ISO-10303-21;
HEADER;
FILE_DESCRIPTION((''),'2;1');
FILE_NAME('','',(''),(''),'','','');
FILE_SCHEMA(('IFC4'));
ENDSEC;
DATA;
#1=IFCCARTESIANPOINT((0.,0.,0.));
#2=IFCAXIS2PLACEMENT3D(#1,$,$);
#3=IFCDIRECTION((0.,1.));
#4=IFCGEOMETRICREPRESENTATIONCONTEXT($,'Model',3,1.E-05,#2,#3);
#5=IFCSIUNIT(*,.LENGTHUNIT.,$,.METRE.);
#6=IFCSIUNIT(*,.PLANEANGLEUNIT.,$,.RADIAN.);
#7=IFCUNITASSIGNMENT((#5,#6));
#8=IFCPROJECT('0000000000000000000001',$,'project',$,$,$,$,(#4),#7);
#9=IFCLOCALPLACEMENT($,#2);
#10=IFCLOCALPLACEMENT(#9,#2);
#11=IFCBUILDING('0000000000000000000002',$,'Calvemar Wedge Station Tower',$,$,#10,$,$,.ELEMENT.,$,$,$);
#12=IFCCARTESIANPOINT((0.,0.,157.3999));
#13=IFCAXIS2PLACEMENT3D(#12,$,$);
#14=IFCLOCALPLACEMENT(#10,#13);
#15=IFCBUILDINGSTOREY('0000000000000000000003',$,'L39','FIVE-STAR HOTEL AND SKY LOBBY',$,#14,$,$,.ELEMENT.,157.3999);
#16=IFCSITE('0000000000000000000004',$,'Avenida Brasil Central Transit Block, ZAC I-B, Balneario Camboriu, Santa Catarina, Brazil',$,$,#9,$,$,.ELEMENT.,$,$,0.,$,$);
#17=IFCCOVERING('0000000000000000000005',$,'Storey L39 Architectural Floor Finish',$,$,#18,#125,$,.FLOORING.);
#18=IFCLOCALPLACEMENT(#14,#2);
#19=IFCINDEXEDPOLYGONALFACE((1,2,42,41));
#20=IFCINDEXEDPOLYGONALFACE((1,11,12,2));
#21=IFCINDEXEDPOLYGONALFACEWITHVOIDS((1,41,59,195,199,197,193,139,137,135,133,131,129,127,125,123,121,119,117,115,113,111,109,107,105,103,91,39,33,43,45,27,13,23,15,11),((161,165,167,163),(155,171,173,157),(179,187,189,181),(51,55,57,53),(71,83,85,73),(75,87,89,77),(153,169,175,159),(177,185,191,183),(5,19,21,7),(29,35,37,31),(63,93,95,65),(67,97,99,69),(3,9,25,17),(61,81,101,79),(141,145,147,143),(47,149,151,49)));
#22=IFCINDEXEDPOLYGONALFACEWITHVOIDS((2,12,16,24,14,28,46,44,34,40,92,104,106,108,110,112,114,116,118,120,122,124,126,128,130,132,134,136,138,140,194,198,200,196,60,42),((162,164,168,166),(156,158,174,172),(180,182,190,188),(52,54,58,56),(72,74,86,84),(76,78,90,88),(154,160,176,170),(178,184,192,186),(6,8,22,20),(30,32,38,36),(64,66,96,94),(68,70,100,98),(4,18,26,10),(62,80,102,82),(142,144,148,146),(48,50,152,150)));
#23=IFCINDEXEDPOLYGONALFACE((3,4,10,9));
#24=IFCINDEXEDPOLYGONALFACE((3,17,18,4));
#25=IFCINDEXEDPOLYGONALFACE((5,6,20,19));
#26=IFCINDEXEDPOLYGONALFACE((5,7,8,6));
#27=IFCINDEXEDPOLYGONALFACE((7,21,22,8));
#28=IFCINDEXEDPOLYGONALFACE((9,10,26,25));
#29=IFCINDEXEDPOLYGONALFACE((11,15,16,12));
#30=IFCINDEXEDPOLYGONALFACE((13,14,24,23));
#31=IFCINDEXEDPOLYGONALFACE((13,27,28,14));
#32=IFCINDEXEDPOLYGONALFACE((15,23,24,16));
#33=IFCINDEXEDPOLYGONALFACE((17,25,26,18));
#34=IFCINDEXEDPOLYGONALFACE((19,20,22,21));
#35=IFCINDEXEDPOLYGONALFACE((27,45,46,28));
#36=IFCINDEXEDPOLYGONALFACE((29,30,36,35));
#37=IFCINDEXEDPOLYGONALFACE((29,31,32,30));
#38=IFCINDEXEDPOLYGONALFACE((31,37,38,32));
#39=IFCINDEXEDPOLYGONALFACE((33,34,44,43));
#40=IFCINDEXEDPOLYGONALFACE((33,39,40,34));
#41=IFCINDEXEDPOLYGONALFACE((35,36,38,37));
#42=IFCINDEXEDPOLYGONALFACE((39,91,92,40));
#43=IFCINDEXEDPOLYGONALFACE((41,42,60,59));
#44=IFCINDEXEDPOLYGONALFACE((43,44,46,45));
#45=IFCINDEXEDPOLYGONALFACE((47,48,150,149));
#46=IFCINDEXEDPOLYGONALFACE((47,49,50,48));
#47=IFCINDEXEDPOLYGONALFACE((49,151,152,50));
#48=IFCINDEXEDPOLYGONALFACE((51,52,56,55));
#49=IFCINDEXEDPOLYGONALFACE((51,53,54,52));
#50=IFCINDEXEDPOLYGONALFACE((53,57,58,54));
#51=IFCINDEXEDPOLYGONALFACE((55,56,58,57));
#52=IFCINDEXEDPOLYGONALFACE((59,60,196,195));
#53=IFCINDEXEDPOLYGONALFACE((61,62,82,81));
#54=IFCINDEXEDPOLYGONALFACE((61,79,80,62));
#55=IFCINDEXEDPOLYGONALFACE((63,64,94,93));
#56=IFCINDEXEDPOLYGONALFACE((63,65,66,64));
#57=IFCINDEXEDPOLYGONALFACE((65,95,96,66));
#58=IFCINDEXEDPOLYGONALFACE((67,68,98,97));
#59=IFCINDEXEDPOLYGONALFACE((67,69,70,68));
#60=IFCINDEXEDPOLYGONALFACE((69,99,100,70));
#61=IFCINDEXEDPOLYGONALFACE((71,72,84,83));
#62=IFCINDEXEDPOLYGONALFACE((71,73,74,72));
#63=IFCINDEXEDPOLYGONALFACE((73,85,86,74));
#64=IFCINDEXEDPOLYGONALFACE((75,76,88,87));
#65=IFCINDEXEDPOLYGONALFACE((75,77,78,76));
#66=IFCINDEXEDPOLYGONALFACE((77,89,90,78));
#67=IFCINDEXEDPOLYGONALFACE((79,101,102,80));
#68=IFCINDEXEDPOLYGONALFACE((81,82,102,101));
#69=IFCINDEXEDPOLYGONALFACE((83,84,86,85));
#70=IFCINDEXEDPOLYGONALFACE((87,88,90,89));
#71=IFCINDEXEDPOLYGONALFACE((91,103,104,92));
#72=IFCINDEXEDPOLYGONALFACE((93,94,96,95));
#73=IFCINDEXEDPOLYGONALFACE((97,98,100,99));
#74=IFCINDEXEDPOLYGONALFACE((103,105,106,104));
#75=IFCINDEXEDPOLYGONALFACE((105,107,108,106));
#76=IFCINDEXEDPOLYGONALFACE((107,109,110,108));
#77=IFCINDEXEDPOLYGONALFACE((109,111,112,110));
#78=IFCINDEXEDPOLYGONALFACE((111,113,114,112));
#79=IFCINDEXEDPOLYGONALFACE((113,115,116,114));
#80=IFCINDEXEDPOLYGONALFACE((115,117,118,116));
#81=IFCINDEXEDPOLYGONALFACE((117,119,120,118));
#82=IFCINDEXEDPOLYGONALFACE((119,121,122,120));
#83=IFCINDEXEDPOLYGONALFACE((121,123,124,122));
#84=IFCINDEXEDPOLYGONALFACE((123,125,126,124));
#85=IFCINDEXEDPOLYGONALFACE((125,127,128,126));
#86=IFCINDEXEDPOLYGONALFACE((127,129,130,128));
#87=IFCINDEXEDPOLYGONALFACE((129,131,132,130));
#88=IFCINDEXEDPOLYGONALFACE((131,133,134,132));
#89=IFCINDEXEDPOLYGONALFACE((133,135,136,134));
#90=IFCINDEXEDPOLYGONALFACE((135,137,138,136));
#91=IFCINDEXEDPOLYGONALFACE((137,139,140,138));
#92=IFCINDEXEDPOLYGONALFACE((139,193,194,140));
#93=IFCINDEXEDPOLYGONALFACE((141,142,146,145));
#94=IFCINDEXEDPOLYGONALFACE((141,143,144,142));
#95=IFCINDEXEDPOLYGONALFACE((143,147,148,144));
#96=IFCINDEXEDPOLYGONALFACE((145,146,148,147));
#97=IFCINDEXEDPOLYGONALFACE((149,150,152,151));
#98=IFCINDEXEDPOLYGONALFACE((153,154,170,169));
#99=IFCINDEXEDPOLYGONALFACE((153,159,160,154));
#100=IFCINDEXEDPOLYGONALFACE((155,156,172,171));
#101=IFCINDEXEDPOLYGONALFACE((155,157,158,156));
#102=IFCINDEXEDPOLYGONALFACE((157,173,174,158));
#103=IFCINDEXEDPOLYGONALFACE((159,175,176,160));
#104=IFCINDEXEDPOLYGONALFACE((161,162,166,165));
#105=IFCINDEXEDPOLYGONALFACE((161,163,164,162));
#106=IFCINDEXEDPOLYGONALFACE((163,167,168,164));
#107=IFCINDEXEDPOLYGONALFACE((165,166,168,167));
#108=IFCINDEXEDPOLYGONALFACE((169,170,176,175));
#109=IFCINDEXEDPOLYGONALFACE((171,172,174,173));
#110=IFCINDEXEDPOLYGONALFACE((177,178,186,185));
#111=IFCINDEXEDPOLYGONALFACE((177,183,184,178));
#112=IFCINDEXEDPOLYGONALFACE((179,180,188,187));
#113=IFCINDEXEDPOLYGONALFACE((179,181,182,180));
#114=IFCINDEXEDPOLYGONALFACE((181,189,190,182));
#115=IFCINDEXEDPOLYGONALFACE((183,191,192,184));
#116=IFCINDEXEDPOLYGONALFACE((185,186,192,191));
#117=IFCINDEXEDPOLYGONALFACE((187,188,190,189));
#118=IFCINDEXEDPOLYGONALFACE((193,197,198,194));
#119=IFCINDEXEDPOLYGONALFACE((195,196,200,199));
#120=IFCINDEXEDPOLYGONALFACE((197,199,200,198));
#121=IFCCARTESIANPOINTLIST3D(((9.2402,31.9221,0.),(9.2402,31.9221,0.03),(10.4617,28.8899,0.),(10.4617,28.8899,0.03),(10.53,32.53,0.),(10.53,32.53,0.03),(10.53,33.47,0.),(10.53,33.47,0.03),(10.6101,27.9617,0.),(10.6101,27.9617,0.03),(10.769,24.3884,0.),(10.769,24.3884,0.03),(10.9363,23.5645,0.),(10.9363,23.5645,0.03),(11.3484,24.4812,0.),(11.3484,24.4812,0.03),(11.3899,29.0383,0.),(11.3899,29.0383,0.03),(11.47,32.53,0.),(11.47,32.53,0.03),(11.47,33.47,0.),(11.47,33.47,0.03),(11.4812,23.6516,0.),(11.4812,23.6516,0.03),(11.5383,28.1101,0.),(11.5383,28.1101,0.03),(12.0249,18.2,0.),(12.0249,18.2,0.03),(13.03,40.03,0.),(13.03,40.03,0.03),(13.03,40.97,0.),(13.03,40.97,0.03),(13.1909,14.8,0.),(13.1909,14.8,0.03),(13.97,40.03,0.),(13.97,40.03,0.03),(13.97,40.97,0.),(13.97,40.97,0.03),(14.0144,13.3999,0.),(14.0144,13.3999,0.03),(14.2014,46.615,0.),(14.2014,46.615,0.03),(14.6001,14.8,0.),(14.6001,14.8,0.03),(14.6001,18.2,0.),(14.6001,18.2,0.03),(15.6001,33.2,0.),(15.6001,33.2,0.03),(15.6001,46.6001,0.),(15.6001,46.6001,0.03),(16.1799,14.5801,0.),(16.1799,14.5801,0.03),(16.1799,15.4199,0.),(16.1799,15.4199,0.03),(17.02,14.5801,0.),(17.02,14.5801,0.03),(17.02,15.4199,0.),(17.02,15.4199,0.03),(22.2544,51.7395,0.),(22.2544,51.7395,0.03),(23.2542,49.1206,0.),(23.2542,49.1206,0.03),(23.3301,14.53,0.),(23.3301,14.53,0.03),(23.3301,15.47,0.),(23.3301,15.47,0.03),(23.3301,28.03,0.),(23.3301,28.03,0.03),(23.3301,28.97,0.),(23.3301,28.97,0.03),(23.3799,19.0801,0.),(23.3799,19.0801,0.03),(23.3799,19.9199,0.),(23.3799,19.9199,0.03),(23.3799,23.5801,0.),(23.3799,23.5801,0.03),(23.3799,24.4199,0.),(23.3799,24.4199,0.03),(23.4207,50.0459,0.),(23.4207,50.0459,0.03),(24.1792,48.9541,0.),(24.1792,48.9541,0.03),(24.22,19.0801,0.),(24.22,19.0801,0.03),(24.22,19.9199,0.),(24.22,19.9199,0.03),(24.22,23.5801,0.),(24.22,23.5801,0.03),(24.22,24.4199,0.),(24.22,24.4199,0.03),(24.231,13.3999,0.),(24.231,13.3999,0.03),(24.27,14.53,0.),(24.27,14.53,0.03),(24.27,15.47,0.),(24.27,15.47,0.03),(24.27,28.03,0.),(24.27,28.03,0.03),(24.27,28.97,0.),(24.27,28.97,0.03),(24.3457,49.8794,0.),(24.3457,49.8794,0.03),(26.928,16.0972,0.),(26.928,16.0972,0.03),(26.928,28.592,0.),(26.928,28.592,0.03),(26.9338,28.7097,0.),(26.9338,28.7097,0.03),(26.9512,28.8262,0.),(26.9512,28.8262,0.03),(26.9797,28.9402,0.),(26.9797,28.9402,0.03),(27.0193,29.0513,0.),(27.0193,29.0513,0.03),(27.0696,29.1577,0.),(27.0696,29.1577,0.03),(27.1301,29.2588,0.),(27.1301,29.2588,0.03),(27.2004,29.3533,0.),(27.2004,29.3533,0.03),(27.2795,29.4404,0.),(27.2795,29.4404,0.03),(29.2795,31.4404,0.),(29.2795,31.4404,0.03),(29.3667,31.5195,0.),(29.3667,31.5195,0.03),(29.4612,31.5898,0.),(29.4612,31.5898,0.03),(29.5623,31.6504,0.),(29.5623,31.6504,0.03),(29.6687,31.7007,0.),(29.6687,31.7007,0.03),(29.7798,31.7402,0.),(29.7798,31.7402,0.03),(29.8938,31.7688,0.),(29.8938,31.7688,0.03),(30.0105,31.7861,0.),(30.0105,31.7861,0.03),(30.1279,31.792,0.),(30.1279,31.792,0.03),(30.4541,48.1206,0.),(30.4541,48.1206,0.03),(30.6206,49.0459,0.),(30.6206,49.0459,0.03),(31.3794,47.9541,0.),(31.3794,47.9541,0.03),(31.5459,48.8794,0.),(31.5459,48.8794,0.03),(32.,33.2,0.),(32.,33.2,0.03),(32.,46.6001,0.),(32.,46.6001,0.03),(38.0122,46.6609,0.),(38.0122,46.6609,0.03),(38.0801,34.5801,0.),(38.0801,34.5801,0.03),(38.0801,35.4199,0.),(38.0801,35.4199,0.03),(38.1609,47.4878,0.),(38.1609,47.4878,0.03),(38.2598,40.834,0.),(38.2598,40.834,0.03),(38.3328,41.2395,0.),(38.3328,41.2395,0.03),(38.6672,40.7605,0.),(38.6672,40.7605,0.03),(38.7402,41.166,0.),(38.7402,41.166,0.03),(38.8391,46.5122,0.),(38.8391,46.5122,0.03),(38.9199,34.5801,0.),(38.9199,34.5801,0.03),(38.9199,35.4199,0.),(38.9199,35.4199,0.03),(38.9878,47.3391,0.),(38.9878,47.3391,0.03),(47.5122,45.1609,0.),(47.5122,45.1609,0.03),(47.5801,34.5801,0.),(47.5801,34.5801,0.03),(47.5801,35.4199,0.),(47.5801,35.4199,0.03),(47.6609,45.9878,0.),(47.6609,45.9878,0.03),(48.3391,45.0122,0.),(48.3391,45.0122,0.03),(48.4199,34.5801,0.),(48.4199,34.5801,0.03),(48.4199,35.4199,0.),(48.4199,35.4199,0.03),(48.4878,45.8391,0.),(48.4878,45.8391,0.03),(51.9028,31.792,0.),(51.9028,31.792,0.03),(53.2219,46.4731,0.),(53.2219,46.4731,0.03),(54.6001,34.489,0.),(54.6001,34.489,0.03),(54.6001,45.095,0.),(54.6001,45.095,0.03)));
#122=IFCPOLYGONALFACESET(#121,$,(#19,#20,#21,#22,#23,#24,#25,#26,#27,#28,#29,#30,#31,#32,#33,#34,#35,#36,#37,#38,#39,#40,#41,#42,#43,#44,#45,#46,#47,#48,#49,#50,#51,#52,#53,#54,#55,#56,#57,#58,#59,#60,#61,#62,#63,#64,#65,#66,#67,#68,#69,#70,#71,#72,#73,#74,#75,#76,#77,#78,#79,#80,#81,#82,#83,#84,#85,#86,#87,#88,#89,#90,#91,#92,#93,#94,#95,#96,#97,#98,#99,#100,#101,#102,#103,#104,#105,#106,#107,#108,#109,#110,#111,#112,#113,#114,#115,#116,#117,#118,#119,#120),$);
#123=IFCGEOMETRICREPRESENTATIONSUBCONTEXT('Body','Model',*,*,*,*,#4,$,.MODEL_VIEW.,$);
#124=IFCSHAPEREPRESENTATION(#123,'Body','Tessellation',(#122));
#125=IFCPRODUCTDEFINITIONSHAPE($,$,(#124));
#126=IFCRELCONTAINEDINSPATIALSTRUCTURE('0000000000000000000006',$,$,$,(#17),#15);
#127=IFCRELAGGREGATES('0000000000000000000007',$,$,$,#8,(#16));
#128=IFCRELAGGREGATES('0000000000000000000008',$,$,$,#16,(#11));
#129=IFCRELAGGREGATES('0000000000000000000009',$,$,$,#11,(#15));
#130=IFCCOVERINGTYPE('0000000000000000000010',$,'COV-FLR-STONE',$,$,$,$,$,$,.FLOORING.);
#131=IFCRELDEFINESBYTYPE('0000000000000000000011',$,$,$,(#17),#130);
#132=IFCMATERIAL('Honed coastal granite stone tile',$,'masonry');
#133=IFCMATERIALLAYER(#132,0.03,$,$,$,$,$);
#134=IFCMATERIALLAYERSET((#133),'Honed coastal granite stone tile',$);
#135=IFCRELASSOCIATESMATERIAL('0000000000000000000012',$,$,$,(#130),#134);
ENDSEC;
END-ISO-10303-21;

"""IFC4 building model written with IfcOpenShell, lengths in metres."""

from ifc_helpers import new_model, si_unit, direction, frame, origin, place, context, subcontext, project, spatial, polyline, outline, extrude, material, layer, layer_set, type_object, element, save


model = new_model("IFC4")

# Units and contexts
model_context = context("Model", 3, precision=1e-05, world=origin(), true_north=direction((0.0, 1.0)))
body_context = subcontext(model_context, "Body", "Model", "MODEL_VIEW")
ifc_project = project(units=[si_unit("LENGTHUNIT", "METRE"), si_unit("PLANEANGLEUNIT", "RADIAN")], contexts=[model_context])

# Site, building, storey
site_placement = place(None, origin())
site = spatial("IfcSite", under=ifc_project, at=site_placement, Name="Avenida Brasil Central Transit Block, ZAC I-B, Balneario Camboriu, Santa Catarina, Brazil", CompositionType="ELEMENT", RefElevation=0.0)
building_placement = place(site_placement, origin())
building = spatial("IfcBuilding", under=site, at=building_placement, Name="Calvemar Wedge Station Tower", CompositionType="ELEMENT")
storey_placement = place(building_placement, frame((0.0, 0.0, 157.3999)))
storey = spatial("IfcBuildingStorey", under=building, at=storey_placement, Name="L39", Description="FIVE-STAR HOTEL AND SKY LOBBY", CompositionType="ELEMENT", Elevation=157.3999)

# Covering
ifc_material_1 = material(Name="Honed coastal granite stone tile", Category="masonry")
ifc_layer_1 = layer(ifc_material_1, 0.03)
ifc_layer_set_1 = layer_set([ifc_layer_1], Name="Honed coastal granite stone tile")
covering_type_1 = type_object("IfcCoveringType", Name="COV-FLR-STONE", PredefinedType="FLOORING", material=ifc_layer_set_1)
covering_1_placement = place(storey_placement, origin())
element("IfcCovering", 1, at=covering_1_placement, inside=storey, type_object=covering_type_1, Name="Storey L39 Architectural Floor Finish", PredefinedType="FLOORING", context=body_context, shape_type="SweptSolid", body=[
    extrude(outline(polyline([(27.2795, 29.4404), (29.2795, 31.4404), (29.3667, 31.5195), (29.4612, 31.5898), (29.5623, 31.6504), (29.6687, 31.7007), (29.7798, 31.7402), (29.8938, 31.7688), (30.0105, 31.7861), (30.1279, 31.792), (51.9028, 31.792), (54.6001, 34.489), (54.6001, 45.095), (53.2219, 46.4731), (22.2544, 51.7395), (14.2014, 46.615), (9.2402, 31.9221), (10.769, 24.3884), (11.3484, 24.4812), (11.4812, 23.6516), (10.9363, 23.5645), (12.0249, 18.2), (14.6001, 18.2), (14.6001, 14.8), (13.1909, 14.8), (14.0144, 13.3999), (24.231, 13.3999), (26.928, 16.0972), (26.928, 28.592), (26.9338, 28.7097), (26.9512, 28.8262), (26.9797, 28.9402), (27.0193, 29.0513), (27.0696, 29.1577), (27.1301, 29.2588), (27.2004, 29.3533), (27.2795, 29.4404)]), holes=[polyline([(15.6001, 46.6001), (32.0, 46.6001), (32.0, 33.2), (15.6001, 33.2), (15.6001, 46.6001)]), polyline([(10.53, 32.53), (10.53, 33.47), (11.47, 33.47), (11.47, 32.53), (10.53, 32.53)]), polyline([(13.03, 40.97), (13.97, 40.97), (13.97, 40.03), (13.03, 40.03), (13.03, 40.97)]), polyline([(24.3457, 49.8794), (24.1792, 48.9541), (23.2542, 49.1206), (23.4207, 50.0459), (24.3457, 49.8794)]), polyline([(31.3794, 47.9541), (30.4541, 48.1206), (30.6206, 49.0459), (31.5459, 48.8794), (31.3794, 47.9541)]), polyline([(38.0122, 46.6609), (38.1609, 47.4878), (38.9878, 47.3391), (38.8391, 46.5122), (38.0122, 46.6609)]), polyline([(47.6609, 45.9878), (48.4878, 45.8391), (48.3391, 45.0122), (47.5122, 45.1609), (47.6609, 45.9878)]), polyline([(38.9199, 35.4199), (38.9199, 34.5801), (38.0801, 34.5801), (38.0801, 35.4199), (38.9199, 35.4199)]), polyline([(48.4199, 34.5801), (47.5801, 34.5801), (47.5801, 35.4199), (48.4199, 35.4199), (48.4199, 34.5801)]), polyline([(38.2598, 40.834), (38.3328, 41.2395), (38.7402, 41.166), (38.6672, 40.7605), (38.2598, 40.834)]), polyline([(11.3899, 29.0383), (11.5383, 28.1101), (10.6101, 27.9617), (10.4617, 28.8899), (11.3899, 29.0383)]), polyline([(24.27, 28.03), (23.3301, 28.03), (23.3301, 28.97), (24.27, 28.97), (24.27, 28.03)]), polyline([(23.3799, 23.5801), (23.3799, 24.4199), (24.22, 24.4199), (24.22, 23.5801), (23.3799, 23.5801)]), polyline([(23.3799, 19.9199), (24.22, 19.9199), (24.22, 19.0801), (23.3799, 19.0801), (23.3799, 19.9199)]), polyline([(24.27, 15.47), (24.27, 14.53), (23.3301, 14.53), (23.3301, 15.47), (24.27, 15.47)]), polyline([(17.02, 14.5801), (16.1799, 14.5801), (16.1799, 15.4199), (17.02, 15.4199), (17.02, 14.5801)])]), origin(), (0.0, 0.0, 1.0), 0.03),
])

save(model, "model.ifc")
